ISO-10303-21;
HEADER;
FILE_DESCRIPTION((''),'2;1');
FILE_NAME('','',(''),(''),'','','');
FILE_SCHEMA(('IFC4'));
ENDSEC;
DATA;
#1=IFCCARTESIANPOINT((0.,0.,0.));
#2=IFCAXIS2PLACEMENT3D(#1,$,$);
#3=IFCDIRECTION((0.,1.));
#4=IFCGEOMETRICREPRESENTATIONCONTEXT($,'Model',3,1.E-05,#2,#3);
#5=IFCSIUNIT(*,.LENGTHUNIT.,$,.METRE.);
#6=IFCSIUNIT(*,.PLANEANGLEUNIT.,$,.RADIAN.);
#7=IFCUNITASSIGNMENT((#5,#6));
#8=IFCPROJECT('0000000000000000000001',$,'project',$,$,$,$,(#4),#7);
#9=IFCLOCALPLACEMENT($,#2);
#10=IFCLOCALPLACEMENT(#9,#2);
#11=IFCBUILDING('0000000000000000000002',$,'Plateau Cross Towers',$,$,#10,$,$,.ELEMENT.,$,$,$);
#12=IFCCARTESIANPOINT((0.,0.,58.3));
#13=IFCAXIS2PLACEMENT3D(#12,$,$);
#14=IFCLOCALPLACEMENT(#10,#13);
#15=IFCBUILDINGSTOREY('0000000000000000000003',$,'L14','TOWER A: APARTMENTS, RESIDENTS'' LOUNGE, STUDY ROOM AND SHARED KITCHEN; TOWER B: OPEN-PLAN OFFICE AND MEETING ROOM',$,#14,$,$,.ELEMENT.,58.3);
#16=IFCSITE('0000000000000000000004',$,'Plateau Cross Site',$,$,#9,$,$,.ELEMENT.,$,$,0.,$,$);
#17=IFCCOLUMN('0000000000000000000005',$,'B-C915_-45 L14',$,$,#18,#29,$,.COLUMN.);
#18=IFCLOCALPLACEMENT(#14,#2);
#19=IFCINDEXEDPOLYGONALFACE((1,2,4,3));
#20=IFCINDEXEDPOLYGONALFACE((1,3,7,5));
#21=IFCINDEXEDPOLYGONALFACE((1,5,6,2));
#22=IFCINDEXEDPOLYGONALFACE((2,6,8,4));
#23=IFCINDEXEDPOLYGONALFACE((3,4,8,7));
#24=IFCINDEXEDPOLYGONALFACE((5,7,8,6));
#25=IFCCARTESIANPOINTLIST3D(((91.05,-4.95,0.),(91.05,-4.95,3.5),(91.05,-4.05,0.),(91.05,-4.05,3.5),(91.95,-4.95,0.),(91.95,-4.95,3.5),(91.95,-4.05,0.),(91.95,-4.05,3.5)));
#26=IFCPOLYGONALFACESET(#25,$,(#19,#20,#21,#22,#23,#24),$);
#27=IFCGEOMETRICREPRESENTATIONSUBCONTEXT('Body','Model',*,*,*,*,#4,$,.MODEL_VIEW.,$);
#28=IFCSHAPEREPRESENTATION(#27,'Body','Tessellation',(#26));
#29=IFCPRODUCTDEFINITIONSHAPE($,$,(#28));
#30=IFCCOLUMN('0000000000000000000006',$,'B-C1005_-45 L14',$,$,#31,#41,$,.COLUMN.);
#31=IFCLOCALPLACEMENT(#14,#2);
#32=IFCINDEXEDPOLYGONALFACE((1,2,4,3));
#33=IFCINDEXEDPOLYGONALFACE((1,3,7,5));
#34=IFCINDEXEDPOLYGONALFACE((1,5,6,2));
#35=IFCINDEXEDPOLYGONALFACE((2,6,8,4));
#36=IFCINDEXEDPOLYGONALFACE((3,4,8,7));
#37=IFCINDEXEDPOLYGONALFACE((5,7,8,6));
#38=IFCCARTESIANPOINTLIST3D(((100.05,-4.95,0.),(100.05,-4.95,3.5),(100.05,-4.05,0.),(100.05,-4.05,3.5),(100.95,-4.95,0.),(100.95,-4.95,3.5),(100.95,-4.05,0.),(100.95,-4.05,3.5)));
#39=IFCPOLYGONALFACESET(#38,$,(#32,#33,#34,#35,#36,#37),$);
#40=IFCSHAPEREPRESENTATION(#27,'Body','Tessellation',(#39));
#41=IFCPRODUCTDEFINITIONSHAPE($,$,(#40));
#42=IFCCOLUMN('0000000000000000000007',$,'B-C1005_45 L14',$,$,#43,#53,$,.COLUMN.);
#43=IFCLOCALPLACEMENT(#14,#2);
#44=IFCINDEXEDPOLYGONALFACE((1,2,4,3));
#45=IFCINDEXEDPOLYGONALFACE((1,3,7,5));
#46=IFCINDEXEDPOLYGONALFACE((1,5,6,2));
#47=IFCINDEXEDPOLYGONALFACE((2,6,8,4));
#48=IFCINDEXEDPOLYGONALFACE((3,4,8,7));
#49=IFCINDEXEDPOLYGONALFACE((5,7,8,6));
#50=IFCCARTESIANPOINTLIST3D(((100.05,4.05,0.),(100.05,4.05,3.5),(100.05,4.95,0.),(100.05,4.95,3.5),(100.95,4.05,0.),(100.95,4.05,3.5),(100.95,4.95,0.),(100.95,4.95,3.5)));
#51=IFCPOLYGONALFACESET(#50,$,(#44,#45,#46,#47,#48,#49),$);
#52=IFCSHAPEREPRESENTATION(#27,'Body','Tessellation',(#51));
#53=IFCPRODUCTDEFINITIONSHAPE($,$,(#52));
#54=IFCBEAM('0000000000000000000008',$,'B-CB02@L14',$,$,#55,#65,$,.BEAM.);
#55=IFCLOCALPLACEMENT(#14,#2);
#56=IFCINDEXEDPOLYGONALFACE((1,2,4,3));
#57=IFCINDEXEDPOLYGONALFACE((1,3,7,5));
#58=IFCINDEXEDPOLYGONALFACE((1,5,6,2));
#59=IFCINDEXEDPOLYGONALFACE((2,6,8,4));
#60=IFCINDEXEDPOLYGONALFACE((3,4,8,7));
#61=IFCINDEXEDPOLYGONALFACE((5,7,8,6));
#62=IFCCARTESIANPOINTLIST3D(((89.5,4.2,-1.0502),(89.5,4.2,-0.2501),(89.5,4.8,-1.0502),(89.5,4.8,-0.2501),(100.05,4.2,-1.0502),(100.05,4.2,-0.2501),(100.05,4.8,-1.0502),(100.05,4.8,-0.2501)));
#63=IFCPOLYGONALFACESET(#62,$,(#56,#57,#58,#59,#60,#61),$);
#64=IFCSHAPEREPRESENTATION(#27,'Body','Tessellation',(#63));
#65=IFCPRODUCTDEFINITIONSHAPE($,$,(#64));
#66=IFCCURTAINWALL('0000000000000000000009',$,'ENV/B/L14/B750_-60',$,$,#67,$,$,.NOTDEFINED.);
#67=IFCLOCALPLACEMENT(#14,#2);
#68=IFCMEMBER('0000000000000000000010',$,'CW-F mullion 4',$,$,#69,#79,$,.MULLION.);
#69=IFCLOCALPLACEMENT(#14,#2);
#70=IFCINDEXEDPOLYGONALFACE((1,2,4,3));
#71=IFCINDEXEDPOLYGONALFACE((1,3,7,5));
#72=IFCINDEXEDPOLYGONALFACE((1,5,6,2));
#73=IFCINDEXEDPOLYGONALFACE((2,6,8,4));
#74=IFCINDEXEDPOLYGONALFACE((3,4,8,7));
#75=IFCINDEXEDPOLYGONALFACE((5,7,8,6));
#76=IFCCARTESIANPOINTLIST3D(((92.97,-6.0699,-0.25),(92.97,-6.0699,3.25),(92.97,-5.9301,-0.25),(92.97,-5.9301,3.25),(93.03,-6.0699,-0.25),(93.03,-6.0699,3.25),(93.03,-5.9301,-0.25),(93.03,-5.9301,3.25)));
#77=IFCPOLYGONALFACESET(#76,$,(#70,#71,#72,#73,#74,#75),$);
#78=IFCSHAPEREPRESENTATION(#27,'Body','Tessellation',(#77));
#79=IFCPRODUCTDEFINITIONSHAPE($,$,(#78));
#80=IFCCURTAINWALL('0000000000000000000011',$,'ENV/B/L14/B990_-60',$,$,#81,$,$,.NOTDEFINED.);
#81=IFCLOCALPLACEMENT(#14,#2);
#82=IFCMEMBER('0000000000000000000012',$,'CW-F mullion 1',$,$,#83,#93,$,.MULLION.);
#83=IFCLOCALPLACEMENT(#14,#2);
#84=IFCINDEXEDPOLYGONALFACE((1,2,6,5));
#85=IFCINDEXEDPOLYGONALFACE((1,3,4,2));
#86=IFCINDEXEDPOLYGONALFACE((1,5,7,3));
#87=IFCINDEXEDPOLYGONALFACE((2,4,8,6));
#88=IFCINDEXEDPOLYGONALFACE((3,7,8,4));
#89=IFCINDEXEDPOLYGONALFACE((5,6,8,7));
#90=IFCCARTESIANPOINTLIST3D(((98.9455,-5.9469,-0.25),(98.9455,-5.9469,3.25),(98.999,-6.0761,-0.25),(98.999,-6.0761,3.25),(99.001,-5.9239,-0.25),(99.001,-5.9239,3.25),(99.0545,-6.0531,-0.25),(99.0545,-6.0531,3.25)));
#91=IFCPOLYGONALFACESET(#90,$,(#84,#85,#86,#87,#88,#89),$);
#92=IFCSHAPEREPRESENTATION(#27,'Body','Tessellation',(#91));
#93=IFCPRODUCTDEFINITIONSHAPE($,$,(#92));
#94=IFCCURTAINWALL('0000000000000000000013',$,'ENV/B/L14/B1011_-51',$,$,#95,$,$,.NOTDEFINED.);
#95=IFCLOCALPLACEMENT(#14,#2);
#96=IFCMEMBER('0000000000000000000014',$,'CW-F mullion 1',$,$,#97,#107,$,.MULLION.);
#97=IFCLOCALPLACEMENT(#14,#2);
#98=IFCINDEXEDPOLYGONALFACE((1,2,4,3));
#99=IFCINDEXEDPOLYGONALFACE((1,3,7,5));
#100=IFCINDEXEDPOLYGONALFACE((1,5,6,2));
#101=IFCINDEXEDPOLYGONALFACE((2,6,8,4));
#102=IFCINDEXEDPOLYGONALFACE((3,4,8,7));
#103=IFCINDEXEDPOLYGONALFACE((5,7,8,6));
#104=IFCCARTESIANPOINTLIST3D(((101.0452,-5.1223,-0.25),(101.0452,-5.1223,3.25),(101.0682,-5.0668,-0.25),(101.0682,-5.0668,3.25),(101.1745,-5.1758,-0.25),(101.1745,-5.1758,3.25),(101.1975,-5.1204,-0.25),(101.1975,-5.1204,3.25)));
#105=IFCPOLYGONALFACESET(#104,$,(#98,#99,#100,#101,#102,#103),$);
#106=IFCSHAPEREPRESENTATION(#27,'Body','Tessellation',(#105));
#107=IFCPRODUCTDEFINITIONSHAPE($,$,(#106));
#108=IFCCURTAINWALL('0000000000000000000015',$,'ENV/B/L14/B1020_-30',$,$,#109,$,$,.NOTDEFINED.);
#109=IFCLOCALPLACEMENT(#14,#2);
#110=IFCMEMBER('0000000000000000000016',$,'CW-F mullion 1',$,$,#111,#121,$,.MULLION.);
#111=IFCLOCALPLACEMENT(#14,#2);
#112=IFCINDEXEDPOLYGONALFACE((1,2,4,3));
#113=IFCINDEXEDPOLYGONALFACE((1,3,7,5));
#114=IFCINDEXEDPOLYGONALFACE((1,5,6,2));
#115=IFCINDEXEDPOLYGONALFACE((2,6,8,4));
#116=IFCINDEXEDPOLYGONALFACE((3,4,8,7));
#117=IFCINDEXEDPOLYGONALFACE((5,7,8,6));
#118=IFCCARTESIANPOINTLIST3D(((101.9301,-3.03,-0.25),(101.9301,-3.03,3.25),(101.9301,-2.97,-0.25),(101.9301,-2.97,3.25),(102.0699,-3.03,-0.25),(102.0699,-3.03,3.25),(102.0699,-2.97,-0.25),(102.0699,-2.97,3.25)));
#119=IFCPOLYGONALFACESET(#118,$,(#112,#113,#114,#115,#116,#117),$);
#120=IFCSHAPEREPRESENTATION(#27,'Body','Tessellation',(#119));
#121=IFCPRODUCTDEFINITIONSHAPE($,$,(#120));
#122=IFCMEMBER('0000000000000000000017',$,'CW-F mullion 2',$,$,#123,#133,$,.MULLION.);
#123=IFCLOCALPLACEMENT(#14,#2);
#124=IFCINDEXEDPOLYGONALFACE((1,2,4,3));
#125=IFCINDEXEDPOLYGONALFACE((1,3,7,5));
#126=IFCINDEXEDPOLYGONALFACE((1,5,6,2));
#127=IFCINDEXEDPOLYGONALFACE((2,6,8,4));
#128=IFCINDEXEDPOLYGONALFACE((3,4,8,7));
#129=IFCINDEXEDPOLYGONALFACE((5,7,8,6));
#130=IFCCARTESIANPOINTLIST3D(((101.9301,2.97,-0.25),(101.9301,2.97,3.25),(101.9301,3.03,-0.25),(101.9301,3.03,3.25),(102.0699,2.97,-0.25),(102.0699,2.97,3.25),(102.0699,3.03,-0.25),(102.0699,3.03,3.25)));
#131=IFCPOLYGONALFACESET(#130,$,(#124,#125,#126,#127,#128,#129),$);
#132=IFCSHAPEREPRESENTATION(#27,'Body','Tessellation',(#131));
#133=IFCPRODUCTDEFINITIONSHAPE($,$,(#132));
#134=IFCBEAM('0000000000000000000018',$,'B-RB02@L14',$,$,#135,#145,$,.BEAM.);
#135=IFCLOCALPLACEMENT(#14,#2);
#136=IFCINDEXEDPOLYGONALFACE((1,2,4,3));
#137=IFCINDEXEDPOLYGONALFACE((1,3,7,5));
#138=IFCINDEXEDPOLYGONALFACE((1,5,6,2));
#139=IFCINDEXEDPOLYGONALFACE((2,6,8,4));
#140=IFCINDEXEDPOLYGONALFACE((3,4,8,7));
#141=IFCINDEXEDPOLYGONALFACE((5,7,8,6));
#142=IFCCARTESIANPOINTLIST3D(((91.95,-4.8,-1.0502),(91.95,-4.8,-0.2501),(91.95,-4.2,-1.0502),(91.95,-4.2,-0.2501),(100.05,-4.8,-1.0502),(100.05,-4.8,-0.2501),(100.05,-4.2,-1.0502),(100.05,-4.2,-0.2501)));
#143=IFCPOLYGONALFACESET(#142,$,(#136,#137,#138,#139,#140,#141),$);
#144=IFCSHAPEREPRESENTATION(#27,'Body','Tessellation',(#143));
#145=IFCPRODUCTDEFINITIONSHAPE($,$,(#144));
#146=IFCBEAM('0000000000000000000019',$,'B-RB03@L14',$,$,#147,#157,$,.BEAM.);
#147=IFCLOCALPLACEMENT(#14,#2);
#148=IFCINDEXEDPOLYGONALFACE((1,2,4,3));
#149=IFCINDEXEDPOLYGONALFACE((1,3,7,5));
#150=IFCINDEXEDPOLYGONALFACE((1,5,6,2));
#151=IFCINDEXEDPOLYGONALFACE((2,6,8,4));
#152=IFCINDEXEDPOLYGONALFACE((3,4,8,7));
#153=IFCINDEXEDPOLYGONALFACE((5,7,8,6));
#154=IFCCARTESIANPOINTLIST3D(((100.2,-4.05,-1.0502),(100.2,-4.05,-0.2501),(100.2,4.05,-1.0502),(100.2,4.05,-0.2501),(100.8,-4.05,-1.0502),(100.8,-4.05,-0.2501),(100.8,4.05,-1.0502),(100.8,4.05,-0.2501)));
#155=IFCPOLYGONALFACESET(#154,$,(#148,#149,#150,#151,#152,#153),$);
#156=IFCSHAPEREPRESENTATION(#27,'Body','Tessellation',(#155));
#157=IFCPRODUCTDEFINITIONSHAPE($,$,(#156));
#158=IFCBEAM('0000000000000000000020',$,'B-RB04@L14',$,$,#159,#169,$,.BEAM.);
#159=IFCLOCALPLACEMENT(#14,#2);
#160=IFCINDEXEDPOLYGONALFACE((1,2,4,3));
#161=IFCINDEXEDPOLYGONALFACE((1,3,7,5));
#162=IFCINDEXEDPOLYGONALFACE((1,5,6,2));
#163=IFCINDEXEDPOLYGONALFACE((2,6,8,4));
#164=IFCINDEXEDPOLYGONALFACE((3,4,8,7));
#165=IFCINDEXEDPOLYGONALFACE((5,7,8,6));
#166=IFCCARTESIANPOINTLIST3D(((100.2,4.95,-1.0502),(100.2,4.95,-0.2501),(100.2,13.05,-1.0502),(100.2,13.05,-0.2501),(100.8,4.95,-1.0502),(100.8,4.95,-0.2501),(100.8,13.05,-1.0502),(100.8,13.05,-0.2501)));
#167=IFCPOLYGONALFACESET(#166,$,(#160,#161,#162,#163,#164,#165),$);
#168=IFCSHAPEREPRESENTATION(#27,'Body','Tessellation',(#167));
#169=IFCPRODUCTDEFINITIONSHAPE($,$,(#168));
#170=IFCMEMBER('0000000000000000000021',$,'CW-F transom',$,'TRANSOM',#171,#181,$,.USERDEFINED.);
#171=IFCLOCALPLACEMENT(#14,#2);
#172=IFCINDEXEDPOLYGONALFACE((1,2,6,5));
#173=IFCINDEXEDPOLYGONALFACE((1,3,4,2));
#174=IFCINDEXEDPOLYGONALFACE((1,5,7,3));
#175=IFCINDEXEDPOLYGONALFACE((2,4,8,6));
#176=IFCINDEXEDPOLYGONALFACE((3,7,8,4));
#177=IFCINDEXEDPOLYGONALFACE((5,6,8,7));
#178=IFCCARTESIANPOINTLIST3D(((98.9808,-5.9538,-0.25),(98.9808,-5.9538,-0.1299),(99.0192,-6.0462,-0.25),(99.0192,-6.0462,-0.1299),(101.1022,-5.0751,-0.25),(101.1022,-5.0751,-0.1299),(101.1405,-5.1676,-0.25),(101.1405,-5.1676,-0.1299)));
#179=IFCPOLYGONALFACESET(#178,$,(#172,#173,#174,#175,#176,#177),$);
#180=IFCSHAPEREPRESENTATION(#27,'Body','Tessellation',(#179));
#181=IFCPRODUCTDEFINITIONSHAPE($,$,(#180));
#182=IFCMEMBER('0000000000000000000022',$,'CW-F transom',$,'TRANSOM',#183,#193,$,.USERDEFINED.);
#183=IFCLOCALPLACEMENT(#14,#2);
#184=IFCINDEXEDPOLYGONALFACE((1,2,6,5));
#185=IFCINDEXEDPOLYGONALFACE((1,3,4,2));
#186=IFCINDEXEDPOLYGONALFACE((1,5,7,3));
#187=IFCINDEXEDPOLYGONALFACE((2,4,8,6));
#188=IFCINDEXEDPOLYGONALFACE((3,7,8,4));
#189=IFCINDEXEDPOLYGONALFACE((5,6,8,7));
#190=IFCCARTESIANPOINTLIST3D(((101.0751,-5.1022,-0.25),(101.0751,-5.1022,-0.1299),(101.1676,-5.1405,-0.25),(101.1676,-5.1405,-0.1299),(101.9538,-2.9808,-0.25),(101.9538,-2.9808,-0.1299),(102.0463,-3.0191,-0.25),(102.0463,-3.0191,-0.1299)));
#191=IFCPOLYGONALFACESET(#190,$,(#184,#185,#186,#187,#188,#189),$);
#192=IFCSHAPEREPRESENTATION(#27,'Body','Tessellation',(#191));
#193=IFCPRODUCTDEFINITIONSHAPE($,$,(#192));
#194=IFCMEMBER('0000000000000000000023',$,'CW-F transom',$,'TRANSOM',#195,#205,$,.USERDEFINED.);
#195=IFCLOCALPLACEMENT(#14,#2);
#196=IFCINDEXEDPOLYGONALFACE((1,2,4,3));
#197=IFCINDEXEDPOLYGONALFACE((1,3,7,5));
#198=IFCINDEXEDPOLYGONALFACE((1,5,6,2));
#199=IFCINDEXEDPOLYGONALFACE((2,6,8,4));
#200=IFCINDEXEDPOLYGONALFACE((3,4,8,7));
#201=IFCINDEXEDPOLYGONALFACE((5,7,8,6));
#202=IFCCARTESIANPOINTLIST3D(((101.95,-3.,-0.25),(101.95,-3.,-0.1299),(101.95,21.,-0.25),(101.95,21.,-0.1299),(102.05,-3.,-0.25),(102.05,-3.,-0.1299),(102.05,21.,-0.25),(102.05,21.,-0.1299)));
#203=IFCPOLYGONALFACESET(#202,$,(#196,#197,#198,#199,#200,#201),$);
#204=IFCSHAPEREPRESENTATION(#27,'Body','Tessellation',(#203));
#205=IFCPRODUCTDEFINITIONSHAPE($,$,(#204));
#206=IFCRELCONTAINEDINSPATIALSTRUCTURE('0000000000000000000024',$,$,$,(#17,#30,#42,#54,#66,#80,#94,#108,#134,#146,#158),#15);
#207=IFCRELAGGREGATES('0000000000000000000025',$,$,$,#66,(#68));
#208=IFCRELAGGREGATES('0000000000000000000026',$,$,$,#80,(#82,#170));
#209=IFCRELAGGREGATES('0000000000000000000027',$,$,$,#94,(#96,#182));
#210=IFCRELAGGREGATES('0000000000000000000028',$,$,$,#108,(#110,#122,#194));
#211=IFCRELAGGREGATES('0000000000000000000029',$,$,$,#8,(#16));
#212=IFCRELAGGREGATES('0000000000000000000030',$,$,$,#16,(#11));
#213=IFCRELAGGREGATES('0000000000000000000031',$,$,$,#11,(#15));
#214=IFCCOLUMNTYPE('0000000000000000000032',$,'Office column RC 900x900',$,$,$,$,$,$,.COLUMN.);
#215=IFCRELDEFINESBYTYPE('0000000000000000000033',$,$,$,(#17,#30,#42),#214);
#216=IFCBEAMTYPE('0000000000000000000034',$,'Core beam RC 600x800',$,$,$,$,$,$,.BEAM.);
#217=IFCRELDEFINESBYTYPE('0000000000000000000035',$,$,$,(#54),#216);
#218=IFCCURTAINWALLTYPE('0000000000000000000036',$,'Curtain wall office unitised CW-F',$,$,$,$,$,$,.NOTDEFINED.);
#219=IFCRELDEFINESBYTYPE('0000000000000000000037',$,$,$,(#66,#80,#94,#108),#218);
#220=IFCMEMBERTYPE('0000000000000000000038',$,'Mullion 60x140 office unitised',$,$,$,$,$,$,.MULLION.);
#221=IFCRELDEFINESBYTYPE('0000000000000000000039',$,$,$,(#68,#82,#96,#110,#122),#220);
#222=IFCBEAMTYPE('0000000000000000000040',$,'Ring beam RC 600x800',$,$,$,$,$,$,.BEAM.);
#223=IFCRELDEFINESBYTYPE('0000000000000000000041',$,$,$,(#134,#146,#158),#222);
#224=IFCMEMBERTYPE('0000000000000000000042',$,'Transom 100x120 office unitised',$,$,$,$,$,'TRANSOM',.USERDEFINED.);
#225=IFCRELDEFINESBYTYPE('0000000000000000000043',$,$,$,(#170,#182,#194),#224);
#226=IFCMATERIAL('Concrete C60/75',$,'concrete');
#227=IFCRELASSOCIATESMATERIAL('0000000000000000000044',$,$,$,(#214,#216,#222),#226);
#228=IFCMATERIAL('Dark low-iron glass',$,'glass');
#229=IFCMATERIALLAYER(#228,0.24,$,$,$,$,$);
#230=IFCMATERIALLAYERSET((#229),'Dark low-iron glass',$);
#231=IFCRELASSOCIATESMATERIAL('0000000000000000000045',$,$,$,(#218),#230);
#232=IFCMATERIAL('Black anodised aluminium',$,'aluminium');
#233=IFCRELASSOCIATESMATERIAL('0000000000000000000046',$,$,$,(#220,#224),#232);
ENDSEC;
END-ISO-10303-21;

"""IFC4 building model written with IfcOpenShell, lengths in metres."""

from ifc_helpers import new_model, si_unit, direction, frame, origin, origin_2d, place, context, subcontext, project, spatial, rectangle, extrude, material, layer, layer_set, material_profile, profile_set, type_object, element, aggregate, save


model = new_model("IFC4")

# Units and contexts
model_context = context("Model", 3, precision=1e-05, world=origin(), true_north=direction((0.0, 1.0)))
body_context = subcontext(model_context, "Body", "Model", "MODEL_VIEW")
ifc_project = project(units=[si_unit("LENGTHUNIT", "METRE"), si_unit("PLANEANGLEUNIT", "RADIAN")], contexts=[model_context])

# Site, building, storey
site_placement = place(None, origin())
site = spatial("IfcSite", under=ifc_project, at=site_placement, Name="Plateau Cross Site", CompositionType="ELEMENT", RefElevation=0.0)
building_placement = place(site_placement, origin())
building = spatial("IfcBuilding", under=site, at=building_placement, Name="Plateau Cross Towers", CompositionType="ELEMENT")
storey_placement = place(building_placement, frame((0.0, 0.0, 58.3)))
storey = spatial("IfcBuildingStorey", under=building, at=storey_placement, Name="L14", Description="TOWER A: APARTMENTS, RESIDENTS' LOUNGE, STUDY ROOM AND SHARED KITCHEN; TOWER B: OPEN-PLAN OFFICE AND MEETING ROOM", CompositionType="ELEMENT", Elevation=58.3)

# Columns
ifc_material_1 = material(Name="Concrete C60/75", Category="concrete")
ifc_material_profile_1 = material_profile(ifc_material_1, rectangle(XDim=0.8999, YDim=0.8999, at=origin_2d()), Name="RC 900x900")
ifc_profile_set_1 = profile_set([ifc_material_profile_1], Name="Concrete C60/75")
column_type = type_object("IfcColumnType", Name="Office column RC 900x900", PredefinedType="COLUMN", material=ifc_profile_set_1)
for number, where, z_axis, x_axis, name in (
    (1, (91.5, -4.5, 0.0), (0.0, 0.0, 1.0), (1.0, 0.0, 0.0), "B-C915_-45 L14"),
    (2, (100.5, -4.5, 0.0), (0.0, 0.0, 1.0), (1.0, 0.0, 0.0), "B-C1005_-45 L14"),
    (3, (100.5, 4.5, 0.0), (0.0, 0.0, 1.0), (1.0, 0.0, 0.0), "B-C1005_45 L14"),
):
    element("IfcColumn", number, at=place(storey_placement, frame(where, z_axis=z_axis, x_axis=x_axis)), inside=storey, type_object=column_type, Name=name, PredefinedType="COLUMN", context=body_context, shape_type="SweptSolid", body=[
        extrude(rectangle(XDim=0.8999, YDim=0.8999, at=origin_2d()), origin(), (0.0, 0.0, 1.0), 3.5),
    ])

# Beam
ifc_material_profile_2 = material_profile(ifc_material_1, rectangle(XDim=0.6001, YDim=0.8, at=origin_2d()), Name="RC 600x800")
ifc_profile_set_2 = profile_set([ifc_material_profile_2], Name="Concrete C60/75")
beam_type_1 = type_object("IfcBeamType", Name="Core beam RC 600x800", PredefinedType="BEAM", material=ifc_profile_set_2)
beam_placement = place(storey_placement, frame((89.5, 4.5, -0.6501), z_axis=(1.0, 0.0, 0.0), x_axis=(0.0, 1.0, 0.0)))
element("IfcBeam", 4, at=beam_placement, inside=storey, type_object=beam_type_1, Name="B-CB02@L14", PredefinedType="BEAM", context=body_context, shape_type="SweptSolid", body=[
    extrude(rectangle(XDim=0.6001, YDim=0.8, at=origin_2d()), origin(), (0.0, 0.0, 1.0), 10.55),
])

# Curtain walls, members
ifc_material_2 = material(Name="Dark low-iron glass", Category="glass")
ifc_layer_1 = layer(ifc_material_2, 0.24)
ifc_layer_set_1 = layer_set([ifc_layer_1], Name="Dark low-iron glass")
curtain_wall_type = type_object("IfcCurtainWallType", Name="Curtain wall office unitised CW-F", PredefinedType="NOTDEFINED", material=ifc_layer_set_1)
curtain_wall_1_placement = place(storey_placement, origin())
curtain_wall_1 = element("IfcCurtainWall", 5, at=curtain_wall_1_placement, inside=storey, type_object=curtain_wall_type, Name="ENV/B/L14/B750_-60", PredefinedType="NOTDEFINED")
ifc_material_3 = material(Name="Black anodised aluminium", Category="aluminium")
ifc_material_profile_3 = material_profile(ifc_material_3, rectangle(XDim=0.0601, YDim=0.1399, at=origin_2d()), Name="MULLION 60x140")
ifc_profile_set_3 = profile_set([ifc_material_profile_3], Name="Black anodised aluminium")
member_type_1 = type_object("IfcMemberType", Name="Mullion 60x140 office unitised", PredefinedType="MULLION", material=ifc_profile_set_3)
member_1_placement = place(storey_placement, frame((93.0, -6.0, -0.25), z_axis=(0.0, 0.0, 1.0), x_axis=(1.0, 0.0, 0.0)))
member_1 = element("IfcMember", 6, at=member_1_placement, type_object=member_type_1, Name="CW-F mullion 4", PredefinedType="MULLION", context=body_context, shape_type="SweptSolid", body=[
    extrude(rectangle(XDim=0.0601, YDim=0.1399, at=origin_2d()), origin(), (0.0, 0.0, 1.0), 3.5),
])
curtain_wall_2_placement = place(storey_placement, origin())
curtain_wall_2 = element("IfcCurtainWall", 7, at=curtain_wall_2_placement, inside=storey, type_object=curtain_wall_type, Name="ENV/B/L14/B990_-60", PredefinedType="NOTDEFINED")
member_2_placement = place(storey_placement, frame((99.0, -6.0, -0.25), z_axis=(0.0, 0.0, 1.0), x_axis=(0.923879, 0.382684, 0.0)))
member_2 = element("IfcMember", 8, at=member_2_placement, type_object=member_type_1, Name="CW-F mullion 1", PredefinedType="MULLION", context=body_context, shape_type="SweptSolid", body=[
    extrude(rectangle(XDim=0.0601, YDim=0.1399, at=origin_2d()), origin(), (0.0, 0.0, 1.0), 3.5),
])
curtain_wall_3_placement = place(storey_placement, origin())
curtain_wall_3 = element("IfcCurtainWall", 9, at=curtain_wall_3_placement, inside=storey, type_object=curtain_wall_type, Name="ENV/B/L14/B1011_-51", PredefinedType="NOTDEFINED")
member_3_placement = place(storey_placement, frame((101.1213, -5.1213, -0.25), z_axis=(0.0, 0.0, 1.0), x_axis=(0.382684, 0.923879, 0.0)))
member_3 = element("IfcMember", 10, at=member_3_placement, type_object=member_type_1, Name="CW-F mullion 1", PredefinedType="MULLION", context=body_context, shape_type="SweptSolid", body=[
    extrude(rectangle(XDim=0.0601, YDim=0.1399, at=origin_2d()), origin(), (0.0, 0.0, 1.0), 3.5),
])

# Curtain wall, members
curtain_wall_4_placement = place(storey_placement, origin())
curtain_wall_4 = element("IfcCurtainWall", 11, at=curtain_wall_4_placement, inside=storey, type_object=curtain_wall_type, Name="ENV/B/L14/B1020_-30", PredefinedType="NOTDEFINED")
member_4_placement = place(storey_placement, frame((102.0, -3.0, -0.25), z_axis=(0.0, 0.0, 1.0), x_axis=(0.0, 1.0, 0.0)))
member_4 = element("IfcMember", 12, at=member_4_placement, type_object=member_type_1, Name="CW-F mullion 1", PredefinedType="MULLION", context=body_context, shape_type="SweptSolid", body=[
    extrude(rectangle(XDim=0.0601, YDim=0.1399, at=origin_2d()), origin(), (0.0, 0.0, 1.0), 3.5),
])
member_5_placement = place(storey_placement, frame((102.0, 3.0, -0.25), z_axis=(0.0, 0.0, 1.0), x_axis=(0.0, 1.0, 0.0)))
member_5 = element("IfcMember", 13, at=member_5_placement, type_object=member_type_1, Name="CW-F mullion 2", PredefinedType="MULLION", context=body_context, shape_type="SweptSolid", body=[
    extrude(rectangle(XDim=0.0601, YDim=0.1399, at=origin_2d()), origin(), (0.0, 0.0, 1.0), 3.5),
])

# Beams
ifc_material_profile_4 = material_profile(ifc_material_1, rectangle(XDim=0.6001, YDim=0.8, at=origin_2d()), Name="RC 600x800")
ifc_profile_set_4 = profile_set([ifc_material_profile_4], Name="Concrete C60/75")
beam_type_2 = type_object("IfcBeamType", Name="Ring beam RC 600x800", PredefinedType="BEAM", material=ifc_profile_set_4)
for number, where, z_axis, x_axis, name in (
    (14, (91.95, -4.5, -0.6501), (1.0, 0.0, 0.0), (0.0, 1.0, 0.0), "B-RB02@L14"),
    (15, (100.5, -4.05, -0.6501), (0.0, 1.0, 0.0), (-1.0, 0.0, 0.0), "B-RB03@L14"),
    (16, (100.5, 4.95, -0.6501), (0.0, 1.0, 0.0), (-1.0, 0.0, 0.0), "B-RB04@L14"),
):
    element("IfcBeam", number, at=place(storey_placement, frame(where, z_axis=z_axis, x_axis=x_axis)), inside=storey, type_object=beam_type_2, Name=name, PredefinedType="BEAM", context=body_context, shape_type="SweptSolid", body=[
        extrude(rectangle(XDim=0.6001, YDim=0.8, at=origin_2d()), origin(), (0.0, 0.0, 1.0), 8.1001),
    ])

# Members
ifc_material_profile_5 = material_profile(ifc_material_3, rectangle(XDim=0.1001, YDim=0.1201, at=origin_2d()), Name="TRANSOM 100x120")
ifc_profile_set_5 = profile_set([ifc_material_profile_5], Name="Black anodised aluminium")
member_type_2 = type_object("IfcMemberType", Name="Transom 100x120 office unitised", ElementType="TRANSOM", PredefinedType="USERDEFINED", material=ifc_profile_set_5)
member_6_placement = place(storey_placement, frame((99.0, -6.0, -0.1899), z_axis=(0.923883, 0.382674, 0.0), x_axis=(-0.382674, 0.923883, 0.0)))
member_6 = element("IfcMember", 17, at=member_6_placement, type_object=member_type_2, Name="CW-F transom", ObjectType="TRANSOM", PredefinedType="USERDEFINED", context=body_context, shape_type="SweptSolid", body=[
    extrude(rectangle(XDim=0.1001, YDim=0.1201, at=origin_2d()), origin(), (0.0, 0.0, 1.0), 2.2961),
])
member_7_placement = place(storey_placement, frame((101.1213, -5.1213, -0.1899), z_axis=(0.382674, 0.923883, 0.0), x_axis=(-0.923883, 0.382674, 0.0)))
member_7 = element("IfcMember", 18, at=member_7_placement, type_object=member_type_2, Name="CW-F transom", ObjectType="TRANSOM", PredefinedType="USERDEFINED", context=body_context, shape_type="SweptSolid", body=[
    extrude(rectangle(XDim=0.1001, YDim=0.1201, at=origin_2d()), origin(), (0.0, 0.0, 1.0), 2.2961),
])
member_8_placement = place(storey_placement, frame((102.0, -3.0, -0.1899), z_axis=(0.0, 1.0, 0.0), x_axis=(-1.0, 0.0, 0.0)))
member_8 = element("IfcMember", 19, at=member_8_placement, type_object=member_type_2, Name="CW-F transom", ObjectType="TRANSOM", PredefinedType="USERDEFINED", context=body_context, shape_type="SweptSolid", body=[
    extrude(rectangle(XDim=0.1001, YDim=0.1201, at=origin_2d()), origin(), (0.0, 0.0, 1.0), 24.0),
])

aggregate(curtain_wall_1, [member_1])
aggregate(curtain_wall_2, [member_2, member_6])
aggregate(curtain_wall_3, [member_3, member_7])
aggregate(curtain_wall_4, [member_4, member_5, member_8])

save(model, "model.ifc")
